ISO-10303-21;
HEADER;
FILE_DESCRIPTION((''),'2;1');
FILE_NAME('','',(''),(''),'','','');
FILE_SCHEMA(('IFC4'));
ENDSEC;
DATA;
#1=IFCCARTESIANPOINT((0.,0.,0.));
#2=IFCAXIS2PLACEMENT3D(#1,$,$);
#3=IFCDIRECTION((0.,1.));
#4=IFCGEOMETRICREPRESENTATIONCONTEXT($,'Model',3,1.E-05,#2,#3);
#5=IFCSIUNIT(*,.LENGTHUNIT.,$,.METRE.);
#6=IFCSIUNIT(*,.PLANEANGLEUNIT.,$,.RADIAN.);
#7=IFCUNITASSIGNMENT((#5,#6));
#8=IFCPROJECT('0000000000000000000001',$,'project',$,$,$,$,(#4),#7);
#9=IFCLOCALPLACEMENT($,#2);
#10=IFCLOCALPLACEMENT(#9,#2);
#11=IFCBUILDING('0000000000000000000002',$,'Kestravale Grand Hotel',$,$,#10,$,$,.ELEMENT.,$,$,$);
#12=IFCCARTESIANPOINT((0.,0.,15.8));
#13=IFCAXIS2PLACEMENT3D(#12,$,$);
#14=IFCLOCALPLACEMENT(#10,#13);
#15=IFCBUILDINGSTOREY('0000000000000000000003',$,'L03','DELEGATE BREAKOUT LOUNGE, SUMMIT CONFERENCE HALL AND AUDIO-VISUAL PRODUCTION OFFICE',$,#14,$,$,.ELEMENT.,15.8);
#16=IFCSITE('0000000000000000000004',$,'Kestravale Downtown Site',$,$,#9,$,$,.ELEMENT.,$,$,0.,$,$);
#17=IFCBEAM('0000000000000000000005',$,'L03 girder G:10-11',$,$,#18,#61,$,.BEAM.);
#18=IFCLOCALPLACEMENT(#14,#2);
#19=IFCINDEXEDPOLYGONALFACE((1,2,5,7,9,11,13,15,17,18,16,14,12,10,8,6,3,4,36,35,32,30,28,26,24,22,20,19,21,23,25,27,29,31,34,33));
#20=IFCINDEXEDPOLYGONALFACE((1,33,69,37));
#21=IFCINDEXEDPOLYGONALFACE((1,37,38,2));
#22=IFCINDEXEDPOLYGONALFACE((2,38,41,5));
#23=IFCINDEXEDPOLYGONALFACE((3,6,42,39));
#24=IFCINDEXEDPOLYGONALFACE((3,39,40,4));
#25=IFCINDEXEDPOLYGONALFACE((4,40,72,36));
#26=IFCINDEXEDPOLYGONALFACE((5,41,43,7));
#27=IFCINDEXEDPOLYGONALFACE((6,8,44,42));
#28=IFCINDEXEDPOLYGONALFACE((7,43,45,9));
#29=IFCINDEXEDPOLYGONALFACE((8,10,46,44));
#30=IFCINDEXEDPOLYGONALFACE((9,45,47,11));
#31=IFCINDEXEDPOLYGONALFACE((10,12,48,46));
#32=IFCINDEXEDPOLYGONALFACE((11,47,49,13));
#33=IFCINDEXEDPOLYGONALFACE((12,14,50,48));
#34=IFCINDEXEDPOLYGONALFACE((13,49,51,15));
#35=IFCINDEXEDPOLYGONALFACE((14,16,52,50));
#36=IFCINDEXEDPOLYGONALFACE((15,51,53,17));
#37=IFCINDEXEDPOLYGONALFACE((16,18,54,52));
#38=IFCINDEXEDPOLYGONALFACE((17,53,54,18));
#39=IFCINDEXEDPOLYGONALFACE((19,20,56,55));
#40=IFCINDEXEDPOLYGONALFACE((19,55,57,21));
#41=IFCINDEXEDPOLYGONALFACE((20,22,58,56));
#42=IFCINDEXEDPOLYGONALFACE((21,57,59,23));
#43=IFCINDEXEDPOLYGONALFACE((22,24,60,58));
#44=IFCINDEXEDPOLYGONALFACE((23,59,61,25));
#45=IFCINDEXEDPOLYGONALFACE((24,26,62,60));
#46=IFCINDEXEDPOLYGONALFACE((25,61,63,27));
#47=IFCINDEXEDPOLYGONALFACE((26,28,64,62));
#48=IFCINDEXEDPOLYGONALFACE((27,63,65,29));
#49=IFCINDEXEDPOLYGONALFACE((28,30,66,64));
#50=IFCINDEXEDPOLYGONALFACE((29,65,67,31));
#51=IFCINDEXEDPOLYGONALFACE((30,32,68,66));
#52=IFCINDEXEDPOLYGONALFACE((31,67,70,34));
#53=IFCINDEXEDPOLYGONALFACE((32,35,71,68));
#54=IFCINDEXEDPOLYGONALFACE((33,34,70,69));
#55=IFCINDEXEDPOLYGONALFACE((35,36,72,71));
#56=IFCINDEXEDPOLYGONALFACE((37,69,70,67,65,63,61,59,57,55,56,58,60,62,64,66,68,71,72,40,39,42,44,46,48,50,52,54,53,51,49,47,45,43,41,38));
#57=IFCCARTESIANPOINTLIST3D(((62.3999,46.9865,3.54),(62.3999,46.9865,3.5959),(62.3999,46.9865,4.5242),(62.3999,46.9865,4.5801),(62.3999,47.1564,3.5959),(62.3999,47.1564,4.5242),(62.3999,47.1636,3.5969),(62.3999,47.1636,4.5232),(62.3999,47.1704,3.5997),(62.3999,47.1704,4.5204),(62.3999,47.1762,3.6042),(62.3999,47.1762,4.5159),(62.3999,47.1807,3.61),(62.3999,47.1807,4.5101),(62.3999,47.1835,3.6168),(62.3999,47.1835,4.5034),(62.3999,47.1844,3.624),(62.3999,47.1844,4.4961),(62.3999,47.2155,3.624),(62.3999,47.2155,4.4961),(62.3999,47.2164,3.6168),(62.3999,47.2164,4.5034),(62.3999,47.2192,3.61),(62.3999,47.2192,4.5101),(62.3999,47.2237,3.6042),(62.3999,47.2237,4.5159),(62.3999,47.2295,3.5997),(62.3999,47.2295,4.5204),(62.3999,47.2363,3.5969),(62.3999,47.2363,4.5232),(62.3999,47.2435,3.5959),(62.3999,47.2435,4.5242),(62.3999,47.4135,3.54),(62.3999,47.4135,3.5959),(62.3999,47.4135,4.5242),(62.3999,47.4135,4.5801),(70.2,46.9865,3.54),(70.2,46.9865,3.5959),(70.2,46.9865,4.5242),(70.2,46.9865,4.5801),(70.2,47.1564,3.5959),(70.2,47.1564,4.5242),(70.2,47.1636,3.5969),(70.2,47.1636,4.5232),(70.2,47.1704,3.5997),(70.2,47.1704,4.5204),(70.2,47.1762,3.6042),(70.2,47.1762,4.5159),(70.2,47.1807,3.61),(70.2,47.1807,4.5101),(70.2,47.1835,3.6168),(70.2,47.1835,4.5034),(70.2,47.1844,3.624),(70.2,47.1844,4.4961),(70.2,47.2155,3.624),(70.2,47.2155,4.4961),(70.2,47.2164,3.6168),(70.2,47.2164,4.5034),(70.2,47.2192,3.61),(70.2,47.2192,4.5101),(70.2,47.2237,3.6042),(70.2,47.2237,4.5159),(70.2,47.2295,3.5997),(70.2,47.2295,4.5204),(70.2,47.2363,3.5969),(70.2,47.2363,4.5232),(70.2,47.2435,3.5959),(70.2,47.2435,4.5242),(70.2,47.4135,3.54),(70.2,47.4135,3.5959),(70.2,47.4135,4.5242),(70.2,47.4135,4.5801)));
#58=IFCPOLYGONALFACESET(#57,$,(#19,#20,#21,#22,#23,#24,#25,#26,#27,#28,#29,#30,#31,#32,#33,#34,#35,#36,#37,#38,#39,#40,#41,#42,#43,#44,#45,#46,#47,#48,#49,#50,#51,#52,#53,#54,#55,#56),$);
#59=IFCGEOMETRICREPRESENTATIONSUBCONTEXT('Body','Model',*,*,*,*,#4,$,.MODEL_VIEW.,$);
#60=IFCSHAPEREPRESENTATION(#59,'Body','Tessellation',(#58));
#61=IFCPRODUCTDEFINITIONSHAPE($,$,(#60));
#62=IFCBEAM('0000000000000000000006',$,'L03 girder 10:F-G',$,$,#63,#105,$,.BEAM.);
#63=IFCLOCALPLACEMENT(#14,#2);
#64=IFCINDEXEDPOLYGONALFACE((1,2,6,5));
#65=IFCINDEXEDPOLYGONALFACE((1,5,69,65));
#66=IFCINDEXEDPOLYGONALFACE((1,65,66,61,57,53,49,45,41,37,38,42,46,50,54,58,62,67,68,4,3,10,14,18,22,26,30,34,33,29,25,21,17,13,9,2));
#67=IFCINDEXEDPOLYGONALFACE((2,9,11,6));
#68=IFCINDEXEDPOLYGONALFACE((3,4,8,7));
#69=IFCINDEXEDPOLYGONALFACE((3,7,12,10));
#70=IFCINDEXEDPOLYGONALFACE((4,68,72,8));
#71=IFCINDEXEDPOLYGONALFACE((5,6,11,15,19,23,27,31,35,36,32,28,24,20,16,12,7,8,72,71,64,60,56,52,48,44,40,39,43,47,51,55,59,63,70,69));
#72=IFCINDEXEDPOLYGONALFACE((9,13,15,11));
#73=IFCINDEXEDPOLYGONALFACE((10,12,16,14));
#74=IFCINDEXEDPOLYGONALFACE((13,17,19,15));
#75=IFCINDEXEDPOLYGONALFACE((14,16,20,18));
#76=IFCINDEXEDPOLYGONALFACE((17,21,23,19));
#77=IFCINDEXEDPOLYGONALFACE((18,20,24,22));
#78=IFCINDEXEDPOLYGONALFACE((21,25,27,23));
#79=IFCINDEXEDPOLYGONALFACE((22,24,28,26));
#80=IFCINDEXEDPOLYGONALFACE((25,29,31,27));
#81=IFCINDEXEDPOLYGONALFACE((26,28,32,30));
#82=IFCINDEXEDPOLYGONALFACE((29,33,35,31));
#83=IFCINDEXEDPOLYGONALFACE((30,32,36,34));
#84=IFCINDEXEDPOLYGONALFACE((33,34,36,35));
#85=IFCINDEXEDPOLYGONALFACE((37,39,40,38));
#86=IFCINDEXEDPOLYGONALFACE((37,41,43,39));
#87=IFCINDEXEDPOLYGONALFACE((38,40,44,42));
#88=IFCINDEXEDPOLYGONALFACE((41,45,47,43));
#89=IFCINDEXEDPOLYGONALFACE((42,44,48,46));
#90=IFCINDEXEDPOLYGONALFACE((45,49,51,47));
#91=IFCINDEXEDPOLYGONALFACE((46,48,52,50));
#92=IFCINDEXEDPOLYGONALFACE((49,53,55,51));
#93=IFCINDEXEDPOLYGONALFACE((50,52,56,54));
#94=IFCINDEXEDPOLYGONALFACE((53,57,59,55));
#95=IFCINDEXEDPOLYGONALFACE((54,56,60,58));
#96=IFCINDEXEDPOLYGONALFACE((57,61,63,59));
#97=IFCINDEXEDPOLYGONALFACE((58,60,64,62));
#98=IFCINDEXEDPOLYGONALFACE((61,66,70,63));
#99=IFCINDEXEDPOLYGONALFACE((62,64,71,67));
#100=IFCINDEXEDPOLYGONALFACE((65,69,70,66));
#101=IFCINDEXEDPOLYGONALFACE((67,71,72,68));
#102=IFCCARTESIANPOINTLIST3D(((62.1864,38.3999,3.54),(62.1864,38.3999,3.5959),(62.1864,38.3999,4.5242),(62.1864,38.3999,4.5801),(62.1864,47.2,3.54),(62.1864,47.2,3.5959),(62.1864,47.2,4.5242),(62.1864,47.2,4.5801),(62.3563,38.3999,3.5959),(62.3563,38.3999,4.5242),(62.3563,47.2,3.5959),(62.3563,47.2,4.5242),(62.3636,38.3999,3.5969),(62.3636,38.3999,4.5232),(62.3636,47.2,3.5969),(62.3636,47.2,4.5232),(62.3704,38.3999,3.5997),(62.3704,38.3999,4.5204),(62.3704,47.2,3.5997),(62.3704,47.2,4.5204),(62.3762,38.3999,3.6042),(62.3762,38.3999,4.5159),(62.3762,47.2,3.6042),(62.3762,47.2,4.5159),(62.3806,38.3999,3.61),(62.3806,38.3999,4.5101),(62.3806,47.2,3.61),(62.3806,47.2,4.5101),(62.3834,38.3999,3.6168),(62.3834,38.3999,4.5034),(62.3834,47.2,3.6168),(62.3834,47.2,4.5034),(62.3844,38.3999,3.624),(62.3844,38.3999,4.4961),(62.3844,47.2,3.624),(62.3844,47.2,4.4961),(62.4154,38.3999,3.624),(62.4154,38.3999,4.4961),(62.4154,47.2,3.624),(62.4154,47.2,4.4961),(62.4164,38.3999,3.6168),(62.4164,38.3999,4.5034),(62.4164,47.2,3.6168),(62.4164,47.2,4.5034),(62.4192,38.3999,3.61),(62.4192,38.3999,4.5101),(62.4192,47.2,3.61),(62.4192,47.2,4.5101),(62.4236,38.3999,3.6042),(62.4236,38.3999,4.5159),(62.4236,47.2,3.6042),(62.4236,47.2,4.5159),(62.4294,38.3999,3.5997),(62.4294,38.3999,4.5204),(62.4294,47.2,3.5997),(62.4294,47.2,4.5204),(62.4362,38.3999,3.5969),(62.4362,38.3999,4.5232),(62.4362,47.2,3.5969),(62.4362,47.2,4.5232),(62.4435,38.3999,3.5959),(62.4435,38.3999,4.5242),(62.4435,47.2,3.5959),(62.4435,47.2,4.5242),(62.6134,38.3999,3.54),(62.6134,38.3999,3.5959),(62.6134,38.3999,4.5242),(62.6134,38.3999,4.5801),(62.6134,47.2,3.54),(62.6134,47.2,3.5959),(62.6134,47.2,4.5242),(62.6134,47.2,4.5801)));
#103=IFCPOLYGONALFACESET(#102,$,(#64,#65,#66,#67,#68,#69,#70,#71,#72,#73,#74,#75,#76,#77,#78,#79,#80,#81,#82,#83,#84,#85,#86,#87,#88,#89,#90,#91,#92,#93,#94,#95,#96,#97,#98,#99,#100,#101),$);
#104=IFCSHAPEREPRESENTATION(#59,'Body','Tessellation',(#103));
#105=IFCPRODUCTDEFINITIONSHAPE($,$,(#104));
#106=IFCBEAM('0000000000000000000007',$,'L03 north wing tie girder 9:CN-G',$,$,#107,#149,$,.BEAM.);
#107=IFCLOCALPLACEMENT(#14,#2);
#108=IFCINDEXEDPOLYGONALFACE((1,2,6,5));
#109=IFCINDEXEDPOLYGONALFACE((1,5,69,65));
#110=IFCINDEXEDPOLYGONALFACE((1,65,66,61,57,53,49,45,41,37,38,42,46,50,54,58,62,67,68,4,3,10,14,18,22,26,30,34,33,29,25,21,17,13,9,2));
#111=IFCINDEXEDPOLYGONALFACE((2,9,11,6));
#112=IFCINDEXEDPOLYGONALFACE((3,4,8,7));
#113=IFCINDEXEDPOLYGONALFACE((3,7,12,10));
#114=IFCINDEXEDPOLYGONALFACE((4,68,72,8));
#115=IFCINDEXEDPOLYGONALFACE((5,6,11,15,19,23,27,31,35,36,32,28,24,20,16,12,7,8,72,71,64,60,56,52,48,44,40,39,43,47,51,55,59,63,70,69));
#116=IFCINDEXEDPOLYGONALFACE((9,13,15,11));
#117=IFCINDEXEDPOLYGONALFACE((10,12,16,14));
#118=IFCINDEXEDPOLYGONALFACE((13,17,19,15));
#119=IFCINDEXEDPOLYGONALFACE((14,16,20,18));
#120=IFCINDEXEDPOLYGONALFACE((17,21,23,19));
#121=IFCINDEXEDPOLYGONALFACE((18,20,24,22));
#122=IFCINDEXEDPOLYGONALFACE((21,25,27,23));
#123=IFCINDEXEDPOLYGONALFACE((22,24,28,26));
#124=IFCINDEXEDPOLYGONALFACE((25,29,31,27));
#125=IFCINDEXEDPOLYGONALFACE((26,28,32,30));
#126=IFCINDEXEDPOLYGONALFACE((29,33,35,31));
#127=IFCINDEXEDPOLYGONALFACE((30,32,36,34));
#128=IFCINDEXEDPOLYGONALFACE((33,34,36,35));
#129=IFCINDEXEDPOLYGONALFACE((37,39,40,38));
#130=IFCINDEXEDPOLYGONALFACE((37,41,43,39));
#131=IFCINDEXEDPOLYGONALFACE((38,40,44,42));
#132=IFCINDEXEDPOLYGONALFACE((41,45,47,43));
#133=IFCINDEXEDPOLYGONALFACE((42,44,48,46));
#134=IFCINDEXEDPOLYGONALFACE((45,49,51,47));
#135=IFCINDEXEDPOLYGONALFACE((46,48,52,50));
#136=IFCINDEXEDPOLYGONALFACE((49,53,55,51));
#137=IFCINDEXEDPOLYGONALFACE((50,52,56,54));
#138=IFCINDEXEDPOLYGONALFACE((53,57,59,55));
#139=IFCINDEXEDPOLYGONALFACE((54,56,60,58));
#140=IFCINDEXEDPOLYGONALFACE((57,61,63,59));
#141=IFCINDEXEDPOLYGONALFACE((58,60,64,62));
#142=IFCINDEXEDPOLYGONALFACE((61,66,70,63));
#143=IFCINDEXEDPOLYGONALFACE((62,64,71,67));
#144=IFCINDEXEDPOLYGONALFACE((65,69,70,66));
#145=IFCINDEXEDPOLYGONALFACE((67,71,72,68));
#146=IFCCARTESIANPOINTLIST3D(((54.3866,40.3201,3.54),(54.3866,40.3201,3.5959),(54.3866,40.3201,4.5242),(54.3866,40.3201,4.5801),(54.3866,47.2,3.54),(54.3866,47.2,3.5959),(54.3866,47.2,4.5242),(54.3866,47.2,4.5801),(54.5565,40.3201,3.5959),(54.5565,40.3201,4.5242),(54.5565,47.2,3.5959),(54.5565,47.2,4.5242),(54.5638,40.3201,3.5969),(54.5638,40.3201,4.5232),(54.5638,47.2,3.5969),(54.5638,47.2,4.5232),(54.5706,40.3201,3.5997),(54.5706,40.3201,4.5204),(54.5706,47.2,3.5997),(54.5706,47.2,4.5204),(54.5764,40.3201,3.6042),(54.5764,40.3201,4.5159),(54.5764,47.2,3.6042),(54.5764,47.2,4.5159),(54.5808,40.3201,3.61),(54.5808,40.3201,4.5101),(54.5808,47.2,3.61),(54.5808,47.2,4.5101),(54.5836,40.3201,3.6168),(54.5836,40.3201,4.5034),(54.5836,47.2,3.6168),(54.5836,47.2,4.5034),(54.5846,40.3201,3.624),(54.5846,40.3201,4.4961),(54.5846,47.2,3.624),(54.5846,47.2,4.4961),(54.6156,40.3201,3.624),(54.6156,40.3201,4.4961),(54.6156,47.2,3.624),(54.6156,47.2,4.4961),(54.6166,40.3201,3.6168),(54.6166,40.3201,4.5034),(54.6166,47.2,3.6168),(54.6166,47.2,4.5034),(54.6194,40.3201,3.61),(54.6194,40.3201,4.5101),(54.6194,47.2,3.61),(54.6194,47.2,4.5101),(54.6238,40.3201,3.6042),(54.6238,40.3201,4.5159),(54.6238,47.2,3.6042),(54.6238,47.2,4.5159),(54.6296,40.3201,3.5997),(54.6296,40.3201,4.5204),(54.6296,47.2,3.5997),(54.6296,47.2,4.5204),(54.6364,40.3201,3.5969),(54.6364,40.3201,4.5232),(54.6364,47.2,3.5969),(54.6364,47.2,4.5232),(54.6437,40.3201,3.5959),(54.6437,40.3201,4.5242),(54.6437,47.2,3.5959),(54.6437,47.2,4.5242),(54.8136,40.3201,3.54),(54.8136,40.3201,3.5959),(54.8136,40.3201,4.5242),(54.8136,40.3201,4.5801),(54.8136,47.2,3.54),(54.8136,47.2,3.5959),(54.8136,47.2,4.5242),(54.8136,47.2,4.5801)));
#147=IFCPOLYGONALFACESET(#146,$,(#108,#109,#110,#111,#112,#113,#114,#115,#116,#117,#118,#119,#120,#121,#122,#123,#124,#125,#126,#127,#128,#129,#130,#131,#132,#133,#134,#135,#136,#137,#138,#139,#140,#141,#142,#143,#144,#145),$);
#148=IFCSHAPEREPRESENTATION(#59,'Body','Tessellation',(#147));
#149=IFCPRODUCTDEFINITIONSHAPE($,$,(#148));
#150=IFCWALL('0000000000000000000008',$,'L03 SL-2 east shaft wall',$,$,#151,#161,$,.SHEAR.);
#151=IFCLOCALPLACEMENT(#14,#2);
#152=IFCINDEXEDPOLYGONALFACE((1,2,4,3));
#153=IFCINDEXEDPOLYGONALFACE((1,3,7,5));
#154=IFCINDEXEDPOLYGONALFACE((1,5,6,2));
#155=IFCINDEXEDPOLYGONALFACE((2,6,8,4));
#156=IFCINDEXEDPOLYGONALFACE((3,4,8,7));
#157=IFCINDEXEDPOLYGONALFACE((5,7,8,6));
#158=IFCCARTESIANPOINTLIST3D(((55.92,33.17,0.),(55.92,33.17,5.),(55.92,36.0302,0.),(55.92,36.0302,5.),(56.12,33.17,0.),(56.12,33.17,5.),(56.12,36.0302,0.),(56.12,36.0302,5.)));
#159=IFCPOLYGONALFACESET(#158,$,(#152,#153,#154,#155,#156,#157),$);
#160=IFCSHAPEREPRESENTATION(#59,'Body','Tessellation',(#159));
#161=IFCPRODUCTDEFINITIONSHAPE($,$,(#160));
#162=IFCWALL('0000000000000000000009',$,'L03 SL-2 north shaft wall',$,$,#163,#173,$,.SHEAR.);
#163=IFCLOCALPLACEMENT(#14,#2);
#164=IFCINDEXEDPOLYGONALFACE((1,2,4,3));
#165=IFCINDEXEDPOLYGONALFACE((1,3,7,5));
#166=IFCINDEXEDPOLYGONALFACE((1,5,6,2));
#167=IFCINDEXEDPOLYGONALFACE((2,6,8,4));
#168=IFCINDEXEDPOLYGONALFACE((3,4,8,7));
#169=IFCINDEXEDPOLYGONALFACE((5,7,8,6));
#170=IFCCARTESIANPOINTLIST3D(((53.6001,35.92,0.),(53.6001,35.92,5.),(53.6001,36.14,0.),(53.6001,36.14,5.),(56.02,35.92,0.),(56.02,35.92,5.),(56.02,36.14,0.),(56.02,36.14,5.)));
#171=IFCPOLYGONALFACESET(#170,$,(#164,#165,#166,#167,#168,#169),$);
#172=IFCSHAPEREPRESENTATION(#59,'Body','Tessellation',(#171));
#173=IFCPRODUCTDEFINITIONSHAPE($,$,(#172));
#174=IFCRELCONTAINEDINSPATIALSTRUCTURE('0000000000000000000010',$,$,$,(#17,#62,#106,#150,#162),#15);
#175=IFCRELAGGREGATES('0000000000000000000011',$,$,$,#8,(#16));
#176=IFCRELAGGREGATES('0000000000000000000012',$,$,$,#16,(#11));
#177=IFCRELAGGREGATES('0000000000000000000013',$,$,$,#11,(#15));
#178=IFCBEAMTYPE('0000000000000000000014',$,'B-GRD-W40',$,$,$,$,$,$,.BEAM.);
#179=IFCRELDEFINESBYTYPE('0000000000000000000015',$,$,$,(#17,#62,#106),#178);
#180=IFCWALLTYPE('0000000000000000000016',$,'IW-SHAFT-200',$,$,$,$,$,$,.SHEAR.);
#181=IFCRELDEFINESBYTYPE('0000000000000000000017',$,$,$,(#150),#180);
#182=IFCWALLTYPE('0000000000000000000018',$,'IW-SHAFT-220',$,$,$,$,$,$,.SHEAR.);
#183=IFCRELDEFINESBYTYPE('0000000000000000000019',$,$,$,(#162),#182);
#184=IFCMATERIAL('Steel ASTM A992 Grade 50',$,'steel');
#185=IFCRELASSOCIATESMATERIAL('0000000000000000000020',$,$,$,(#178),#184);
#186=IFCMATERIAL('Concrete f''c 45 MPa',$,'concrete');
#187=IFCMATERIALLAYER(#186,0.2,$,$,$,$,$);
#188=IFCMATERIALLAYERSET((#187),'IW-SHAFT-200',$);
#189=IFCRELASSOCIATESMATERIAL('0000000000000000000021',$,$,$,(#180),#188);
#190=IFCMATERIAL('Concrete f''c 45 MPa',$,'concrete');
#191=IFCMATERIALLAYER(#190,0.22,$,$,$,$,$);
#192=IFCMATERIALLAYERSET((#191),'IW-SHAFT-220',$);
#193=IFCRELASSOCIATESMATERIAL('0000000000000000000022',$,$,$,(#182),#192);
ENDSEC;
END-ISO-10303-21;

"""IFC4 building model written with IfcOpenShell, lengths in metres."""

from ifc_helpers import new_model, si_unit, direction, frame, frame_2d, origin, origin_2d, place, context, subcontext, project, spatial, rectangle, i_section, extrude, material, layer, layer_set, material_profile, profile_set, type_object, element, save


model = new_model("IFC4")

# Units and contexts
model_context = context("Model", 3, precision=1e-05, world=origin(), true_north=direction((0.0, 1.0)))
body_context = subcontext(model_context, "Body", "Model", "MODEL_VIEW")
ifc_project = project(units=[si_unit("LENGTHUNIT", "METRE"), si_unit("PLANEANGLEUNIT", "RADIAN")], contexts=[model_context])

# Site, building, storey
site_placement = place(None, origin())
site = spatial("IfcSite", under=ifc_project, at=site_placement, Name="Kestravale Downtown Site", CompositionType="ELEMENT", RefElevation=0.0)
building_placement = place(site_placement, origin())
building = spatial("IfcBuilding", under=site, at=building_placement, Name="Kestravale Grand Hotel", CompositionType="ELEMENT")
storey_placement = place(building_placement, frame((0.0, 0.0, 15.8)))
storey = spatial("IfcBuildingStorey", under=building, at=storey_placement, Name="L03", Description="DELEGATE BREAKOUT LOUNGE, SUMMIT CONFERENCE HALL AND AUDIO-VISUAL PRODUCTION OFFICE", CompositionType="ELEMENT", Elevation=15.8)

# Beams
ifc_material_1 = material(Name="Steel ASTM A992 Grade 50", Category="steel")
ifc_material_profile_1 = material_profile(ifc_material_1, i_section(OverallWidth=0.427, OverallDepth=1.04, WebThickness=0.031, FlangeThickness=0.0559, FilletRadius=0.0281, at=origin_2d()))
ifc_profile_set_1 = profile_set([ifc_material_profile_1], Name="Steel ASTM A992 Grade 50")
beam_type_1 = type_object("IfcBeamType", Name="B-GRD-W40", PredefinedType="BEAM", material=ifc_profile_set_1)
beam_1_placement = place(storey_placement, frame((62.3999, 47.2, 4.0601), z_axis=(1.0, 0.0, 0.0), x_axis=(0.0, 1.0, 0.0)))
element("IfcBeam", 1, at=beam_1_placement, inside=storey, type_object=beam_type_1, Name="L03 girder G:10-11", PredefinedType="BEAM", context=body_context, shape_type="SweptSolid", body=[
    extrude(i_section(OverallWidth=0.427, OverallDepth=1.04, WebThickness=0.031, FlangeThickness=0.0559, FilletRadius=0.0281, at=origin_2d()), origin(), (0.0, 0.0, 1.0), 7.8),
])
beam_2_placement = place(storey_placement, frame((62.3999, 38.3999, 4.0601), z_axis=(0.0, 1.0, 0.0), x_axis=(-1.0, 0.0, 0.0)))
element("IfcBeam", 2, at=beam_2_placement, inside=storey, type_object=beam_type_1, Name="L03 girder 10:F-G", PredefinedType="BEAM", context=body_context, shape_type="SweptSolid", body=[
    extrude(i_section(OverallWidth=0.427, OverallDepth=1.04, WebThickness=0.031, FlangeThickness=0.0559, FilletRadius=0.0281, at=origin_2d()), origin(), (0.0, 0.0, 1.0), 8.8),
])
beam_3_placement = place(storey_placement, frame((54.6001, 40.3201, 4.0601), z_axis=(0.0, 1.0, 0.0), x_axis=(-1.0, 0.0, 0.0)))
element("IfcBeam", 3, at=beam_3_placement, inside=storey, type_object=beam_type_1, Name="L03 north wing tie girder 9:CN-G", PredefinedType="BEAM", context=body_context, shape_type="SweptSolid", body=[
    extrude(i_section(OverallWidth=0.427, OverallDepth=1.04, WebThickness=0.031, FlangeThickness=0.0559, FilletRadius=0.0281, at=origin_2d()), origin(), (0.0, 0.0, 1.0), 6.8799),
])

# Walls
ifc_material_2 = material(Name="Concrete f'c 45 MPa", Category="concrete")
ifc_layer_1 = layer(ifc_material_2, 0.2)
ifc_layer_set_1 = layer_set([ifc_layer_1], Name="IW-SHAFT-200")
wall_type_1 = type_object("IfcWallType", Name="IW-SHAFT-200", PredefinedType="SHEAR", material=ifc_layer_set_1)
wall_1_placement = place(storey_placement, frame((56.02, 33.1699, 0.0), z_axis=(0.0, 0.0, 1.0), x_axis=(0.0, 1.0, 0.0)))
element("IfcWall", 4, at=wall_1_placement, inside=storey, type_object=wall_type_1, Name="L03 SL-2 east shaft wall", PredefinedType="SHEAR", context=body_context, shape_type="SweptSolid", body=[
    extrude(rectangle(XDim=2.8601, YDim=0.2, at=frame_2d((1.4302, 0.0))), origin(), (0.0, 0.0, 1.0), 5.0),
])
ifc_material_3 = material(Name="Concrete f'c 45 MPa", Category="concrete")
ifc_layer_2 = layer(ifc_material_3, 0.22)
ifc_layer_set_2 = layer_set([ifc_layer_2], Name="IW-SHAFT-220")
wall_type_2 = type_object("IfcWallType", Name="IW-SHAFT-220", PredefinedType="SHEAR", material=ifc_layer_set_2)
wall_2_placement = place(storey_placement, frame((53.6001, 36.03, 0.0), z_axis=(0.0, 0.0, 1.0), x_axis=(1.0, 0.0, 0.0)))
element("IfcWall", 5, at=wall_2_placement, inside=storey, type_object=wall_type_2, Name="L03 SL-2 north shaft wall", PredefinedType="SHEAR", context=body_context, shape_type="SweptSolid", body=[
    extrude(rectangle(XDim=2.4199, YDim=0.22, at=frame_2d((1.21, 0.0))), origin(), (0.0, 0.0, 1.0), 5.0),
])

save(model, "model.ifc")
